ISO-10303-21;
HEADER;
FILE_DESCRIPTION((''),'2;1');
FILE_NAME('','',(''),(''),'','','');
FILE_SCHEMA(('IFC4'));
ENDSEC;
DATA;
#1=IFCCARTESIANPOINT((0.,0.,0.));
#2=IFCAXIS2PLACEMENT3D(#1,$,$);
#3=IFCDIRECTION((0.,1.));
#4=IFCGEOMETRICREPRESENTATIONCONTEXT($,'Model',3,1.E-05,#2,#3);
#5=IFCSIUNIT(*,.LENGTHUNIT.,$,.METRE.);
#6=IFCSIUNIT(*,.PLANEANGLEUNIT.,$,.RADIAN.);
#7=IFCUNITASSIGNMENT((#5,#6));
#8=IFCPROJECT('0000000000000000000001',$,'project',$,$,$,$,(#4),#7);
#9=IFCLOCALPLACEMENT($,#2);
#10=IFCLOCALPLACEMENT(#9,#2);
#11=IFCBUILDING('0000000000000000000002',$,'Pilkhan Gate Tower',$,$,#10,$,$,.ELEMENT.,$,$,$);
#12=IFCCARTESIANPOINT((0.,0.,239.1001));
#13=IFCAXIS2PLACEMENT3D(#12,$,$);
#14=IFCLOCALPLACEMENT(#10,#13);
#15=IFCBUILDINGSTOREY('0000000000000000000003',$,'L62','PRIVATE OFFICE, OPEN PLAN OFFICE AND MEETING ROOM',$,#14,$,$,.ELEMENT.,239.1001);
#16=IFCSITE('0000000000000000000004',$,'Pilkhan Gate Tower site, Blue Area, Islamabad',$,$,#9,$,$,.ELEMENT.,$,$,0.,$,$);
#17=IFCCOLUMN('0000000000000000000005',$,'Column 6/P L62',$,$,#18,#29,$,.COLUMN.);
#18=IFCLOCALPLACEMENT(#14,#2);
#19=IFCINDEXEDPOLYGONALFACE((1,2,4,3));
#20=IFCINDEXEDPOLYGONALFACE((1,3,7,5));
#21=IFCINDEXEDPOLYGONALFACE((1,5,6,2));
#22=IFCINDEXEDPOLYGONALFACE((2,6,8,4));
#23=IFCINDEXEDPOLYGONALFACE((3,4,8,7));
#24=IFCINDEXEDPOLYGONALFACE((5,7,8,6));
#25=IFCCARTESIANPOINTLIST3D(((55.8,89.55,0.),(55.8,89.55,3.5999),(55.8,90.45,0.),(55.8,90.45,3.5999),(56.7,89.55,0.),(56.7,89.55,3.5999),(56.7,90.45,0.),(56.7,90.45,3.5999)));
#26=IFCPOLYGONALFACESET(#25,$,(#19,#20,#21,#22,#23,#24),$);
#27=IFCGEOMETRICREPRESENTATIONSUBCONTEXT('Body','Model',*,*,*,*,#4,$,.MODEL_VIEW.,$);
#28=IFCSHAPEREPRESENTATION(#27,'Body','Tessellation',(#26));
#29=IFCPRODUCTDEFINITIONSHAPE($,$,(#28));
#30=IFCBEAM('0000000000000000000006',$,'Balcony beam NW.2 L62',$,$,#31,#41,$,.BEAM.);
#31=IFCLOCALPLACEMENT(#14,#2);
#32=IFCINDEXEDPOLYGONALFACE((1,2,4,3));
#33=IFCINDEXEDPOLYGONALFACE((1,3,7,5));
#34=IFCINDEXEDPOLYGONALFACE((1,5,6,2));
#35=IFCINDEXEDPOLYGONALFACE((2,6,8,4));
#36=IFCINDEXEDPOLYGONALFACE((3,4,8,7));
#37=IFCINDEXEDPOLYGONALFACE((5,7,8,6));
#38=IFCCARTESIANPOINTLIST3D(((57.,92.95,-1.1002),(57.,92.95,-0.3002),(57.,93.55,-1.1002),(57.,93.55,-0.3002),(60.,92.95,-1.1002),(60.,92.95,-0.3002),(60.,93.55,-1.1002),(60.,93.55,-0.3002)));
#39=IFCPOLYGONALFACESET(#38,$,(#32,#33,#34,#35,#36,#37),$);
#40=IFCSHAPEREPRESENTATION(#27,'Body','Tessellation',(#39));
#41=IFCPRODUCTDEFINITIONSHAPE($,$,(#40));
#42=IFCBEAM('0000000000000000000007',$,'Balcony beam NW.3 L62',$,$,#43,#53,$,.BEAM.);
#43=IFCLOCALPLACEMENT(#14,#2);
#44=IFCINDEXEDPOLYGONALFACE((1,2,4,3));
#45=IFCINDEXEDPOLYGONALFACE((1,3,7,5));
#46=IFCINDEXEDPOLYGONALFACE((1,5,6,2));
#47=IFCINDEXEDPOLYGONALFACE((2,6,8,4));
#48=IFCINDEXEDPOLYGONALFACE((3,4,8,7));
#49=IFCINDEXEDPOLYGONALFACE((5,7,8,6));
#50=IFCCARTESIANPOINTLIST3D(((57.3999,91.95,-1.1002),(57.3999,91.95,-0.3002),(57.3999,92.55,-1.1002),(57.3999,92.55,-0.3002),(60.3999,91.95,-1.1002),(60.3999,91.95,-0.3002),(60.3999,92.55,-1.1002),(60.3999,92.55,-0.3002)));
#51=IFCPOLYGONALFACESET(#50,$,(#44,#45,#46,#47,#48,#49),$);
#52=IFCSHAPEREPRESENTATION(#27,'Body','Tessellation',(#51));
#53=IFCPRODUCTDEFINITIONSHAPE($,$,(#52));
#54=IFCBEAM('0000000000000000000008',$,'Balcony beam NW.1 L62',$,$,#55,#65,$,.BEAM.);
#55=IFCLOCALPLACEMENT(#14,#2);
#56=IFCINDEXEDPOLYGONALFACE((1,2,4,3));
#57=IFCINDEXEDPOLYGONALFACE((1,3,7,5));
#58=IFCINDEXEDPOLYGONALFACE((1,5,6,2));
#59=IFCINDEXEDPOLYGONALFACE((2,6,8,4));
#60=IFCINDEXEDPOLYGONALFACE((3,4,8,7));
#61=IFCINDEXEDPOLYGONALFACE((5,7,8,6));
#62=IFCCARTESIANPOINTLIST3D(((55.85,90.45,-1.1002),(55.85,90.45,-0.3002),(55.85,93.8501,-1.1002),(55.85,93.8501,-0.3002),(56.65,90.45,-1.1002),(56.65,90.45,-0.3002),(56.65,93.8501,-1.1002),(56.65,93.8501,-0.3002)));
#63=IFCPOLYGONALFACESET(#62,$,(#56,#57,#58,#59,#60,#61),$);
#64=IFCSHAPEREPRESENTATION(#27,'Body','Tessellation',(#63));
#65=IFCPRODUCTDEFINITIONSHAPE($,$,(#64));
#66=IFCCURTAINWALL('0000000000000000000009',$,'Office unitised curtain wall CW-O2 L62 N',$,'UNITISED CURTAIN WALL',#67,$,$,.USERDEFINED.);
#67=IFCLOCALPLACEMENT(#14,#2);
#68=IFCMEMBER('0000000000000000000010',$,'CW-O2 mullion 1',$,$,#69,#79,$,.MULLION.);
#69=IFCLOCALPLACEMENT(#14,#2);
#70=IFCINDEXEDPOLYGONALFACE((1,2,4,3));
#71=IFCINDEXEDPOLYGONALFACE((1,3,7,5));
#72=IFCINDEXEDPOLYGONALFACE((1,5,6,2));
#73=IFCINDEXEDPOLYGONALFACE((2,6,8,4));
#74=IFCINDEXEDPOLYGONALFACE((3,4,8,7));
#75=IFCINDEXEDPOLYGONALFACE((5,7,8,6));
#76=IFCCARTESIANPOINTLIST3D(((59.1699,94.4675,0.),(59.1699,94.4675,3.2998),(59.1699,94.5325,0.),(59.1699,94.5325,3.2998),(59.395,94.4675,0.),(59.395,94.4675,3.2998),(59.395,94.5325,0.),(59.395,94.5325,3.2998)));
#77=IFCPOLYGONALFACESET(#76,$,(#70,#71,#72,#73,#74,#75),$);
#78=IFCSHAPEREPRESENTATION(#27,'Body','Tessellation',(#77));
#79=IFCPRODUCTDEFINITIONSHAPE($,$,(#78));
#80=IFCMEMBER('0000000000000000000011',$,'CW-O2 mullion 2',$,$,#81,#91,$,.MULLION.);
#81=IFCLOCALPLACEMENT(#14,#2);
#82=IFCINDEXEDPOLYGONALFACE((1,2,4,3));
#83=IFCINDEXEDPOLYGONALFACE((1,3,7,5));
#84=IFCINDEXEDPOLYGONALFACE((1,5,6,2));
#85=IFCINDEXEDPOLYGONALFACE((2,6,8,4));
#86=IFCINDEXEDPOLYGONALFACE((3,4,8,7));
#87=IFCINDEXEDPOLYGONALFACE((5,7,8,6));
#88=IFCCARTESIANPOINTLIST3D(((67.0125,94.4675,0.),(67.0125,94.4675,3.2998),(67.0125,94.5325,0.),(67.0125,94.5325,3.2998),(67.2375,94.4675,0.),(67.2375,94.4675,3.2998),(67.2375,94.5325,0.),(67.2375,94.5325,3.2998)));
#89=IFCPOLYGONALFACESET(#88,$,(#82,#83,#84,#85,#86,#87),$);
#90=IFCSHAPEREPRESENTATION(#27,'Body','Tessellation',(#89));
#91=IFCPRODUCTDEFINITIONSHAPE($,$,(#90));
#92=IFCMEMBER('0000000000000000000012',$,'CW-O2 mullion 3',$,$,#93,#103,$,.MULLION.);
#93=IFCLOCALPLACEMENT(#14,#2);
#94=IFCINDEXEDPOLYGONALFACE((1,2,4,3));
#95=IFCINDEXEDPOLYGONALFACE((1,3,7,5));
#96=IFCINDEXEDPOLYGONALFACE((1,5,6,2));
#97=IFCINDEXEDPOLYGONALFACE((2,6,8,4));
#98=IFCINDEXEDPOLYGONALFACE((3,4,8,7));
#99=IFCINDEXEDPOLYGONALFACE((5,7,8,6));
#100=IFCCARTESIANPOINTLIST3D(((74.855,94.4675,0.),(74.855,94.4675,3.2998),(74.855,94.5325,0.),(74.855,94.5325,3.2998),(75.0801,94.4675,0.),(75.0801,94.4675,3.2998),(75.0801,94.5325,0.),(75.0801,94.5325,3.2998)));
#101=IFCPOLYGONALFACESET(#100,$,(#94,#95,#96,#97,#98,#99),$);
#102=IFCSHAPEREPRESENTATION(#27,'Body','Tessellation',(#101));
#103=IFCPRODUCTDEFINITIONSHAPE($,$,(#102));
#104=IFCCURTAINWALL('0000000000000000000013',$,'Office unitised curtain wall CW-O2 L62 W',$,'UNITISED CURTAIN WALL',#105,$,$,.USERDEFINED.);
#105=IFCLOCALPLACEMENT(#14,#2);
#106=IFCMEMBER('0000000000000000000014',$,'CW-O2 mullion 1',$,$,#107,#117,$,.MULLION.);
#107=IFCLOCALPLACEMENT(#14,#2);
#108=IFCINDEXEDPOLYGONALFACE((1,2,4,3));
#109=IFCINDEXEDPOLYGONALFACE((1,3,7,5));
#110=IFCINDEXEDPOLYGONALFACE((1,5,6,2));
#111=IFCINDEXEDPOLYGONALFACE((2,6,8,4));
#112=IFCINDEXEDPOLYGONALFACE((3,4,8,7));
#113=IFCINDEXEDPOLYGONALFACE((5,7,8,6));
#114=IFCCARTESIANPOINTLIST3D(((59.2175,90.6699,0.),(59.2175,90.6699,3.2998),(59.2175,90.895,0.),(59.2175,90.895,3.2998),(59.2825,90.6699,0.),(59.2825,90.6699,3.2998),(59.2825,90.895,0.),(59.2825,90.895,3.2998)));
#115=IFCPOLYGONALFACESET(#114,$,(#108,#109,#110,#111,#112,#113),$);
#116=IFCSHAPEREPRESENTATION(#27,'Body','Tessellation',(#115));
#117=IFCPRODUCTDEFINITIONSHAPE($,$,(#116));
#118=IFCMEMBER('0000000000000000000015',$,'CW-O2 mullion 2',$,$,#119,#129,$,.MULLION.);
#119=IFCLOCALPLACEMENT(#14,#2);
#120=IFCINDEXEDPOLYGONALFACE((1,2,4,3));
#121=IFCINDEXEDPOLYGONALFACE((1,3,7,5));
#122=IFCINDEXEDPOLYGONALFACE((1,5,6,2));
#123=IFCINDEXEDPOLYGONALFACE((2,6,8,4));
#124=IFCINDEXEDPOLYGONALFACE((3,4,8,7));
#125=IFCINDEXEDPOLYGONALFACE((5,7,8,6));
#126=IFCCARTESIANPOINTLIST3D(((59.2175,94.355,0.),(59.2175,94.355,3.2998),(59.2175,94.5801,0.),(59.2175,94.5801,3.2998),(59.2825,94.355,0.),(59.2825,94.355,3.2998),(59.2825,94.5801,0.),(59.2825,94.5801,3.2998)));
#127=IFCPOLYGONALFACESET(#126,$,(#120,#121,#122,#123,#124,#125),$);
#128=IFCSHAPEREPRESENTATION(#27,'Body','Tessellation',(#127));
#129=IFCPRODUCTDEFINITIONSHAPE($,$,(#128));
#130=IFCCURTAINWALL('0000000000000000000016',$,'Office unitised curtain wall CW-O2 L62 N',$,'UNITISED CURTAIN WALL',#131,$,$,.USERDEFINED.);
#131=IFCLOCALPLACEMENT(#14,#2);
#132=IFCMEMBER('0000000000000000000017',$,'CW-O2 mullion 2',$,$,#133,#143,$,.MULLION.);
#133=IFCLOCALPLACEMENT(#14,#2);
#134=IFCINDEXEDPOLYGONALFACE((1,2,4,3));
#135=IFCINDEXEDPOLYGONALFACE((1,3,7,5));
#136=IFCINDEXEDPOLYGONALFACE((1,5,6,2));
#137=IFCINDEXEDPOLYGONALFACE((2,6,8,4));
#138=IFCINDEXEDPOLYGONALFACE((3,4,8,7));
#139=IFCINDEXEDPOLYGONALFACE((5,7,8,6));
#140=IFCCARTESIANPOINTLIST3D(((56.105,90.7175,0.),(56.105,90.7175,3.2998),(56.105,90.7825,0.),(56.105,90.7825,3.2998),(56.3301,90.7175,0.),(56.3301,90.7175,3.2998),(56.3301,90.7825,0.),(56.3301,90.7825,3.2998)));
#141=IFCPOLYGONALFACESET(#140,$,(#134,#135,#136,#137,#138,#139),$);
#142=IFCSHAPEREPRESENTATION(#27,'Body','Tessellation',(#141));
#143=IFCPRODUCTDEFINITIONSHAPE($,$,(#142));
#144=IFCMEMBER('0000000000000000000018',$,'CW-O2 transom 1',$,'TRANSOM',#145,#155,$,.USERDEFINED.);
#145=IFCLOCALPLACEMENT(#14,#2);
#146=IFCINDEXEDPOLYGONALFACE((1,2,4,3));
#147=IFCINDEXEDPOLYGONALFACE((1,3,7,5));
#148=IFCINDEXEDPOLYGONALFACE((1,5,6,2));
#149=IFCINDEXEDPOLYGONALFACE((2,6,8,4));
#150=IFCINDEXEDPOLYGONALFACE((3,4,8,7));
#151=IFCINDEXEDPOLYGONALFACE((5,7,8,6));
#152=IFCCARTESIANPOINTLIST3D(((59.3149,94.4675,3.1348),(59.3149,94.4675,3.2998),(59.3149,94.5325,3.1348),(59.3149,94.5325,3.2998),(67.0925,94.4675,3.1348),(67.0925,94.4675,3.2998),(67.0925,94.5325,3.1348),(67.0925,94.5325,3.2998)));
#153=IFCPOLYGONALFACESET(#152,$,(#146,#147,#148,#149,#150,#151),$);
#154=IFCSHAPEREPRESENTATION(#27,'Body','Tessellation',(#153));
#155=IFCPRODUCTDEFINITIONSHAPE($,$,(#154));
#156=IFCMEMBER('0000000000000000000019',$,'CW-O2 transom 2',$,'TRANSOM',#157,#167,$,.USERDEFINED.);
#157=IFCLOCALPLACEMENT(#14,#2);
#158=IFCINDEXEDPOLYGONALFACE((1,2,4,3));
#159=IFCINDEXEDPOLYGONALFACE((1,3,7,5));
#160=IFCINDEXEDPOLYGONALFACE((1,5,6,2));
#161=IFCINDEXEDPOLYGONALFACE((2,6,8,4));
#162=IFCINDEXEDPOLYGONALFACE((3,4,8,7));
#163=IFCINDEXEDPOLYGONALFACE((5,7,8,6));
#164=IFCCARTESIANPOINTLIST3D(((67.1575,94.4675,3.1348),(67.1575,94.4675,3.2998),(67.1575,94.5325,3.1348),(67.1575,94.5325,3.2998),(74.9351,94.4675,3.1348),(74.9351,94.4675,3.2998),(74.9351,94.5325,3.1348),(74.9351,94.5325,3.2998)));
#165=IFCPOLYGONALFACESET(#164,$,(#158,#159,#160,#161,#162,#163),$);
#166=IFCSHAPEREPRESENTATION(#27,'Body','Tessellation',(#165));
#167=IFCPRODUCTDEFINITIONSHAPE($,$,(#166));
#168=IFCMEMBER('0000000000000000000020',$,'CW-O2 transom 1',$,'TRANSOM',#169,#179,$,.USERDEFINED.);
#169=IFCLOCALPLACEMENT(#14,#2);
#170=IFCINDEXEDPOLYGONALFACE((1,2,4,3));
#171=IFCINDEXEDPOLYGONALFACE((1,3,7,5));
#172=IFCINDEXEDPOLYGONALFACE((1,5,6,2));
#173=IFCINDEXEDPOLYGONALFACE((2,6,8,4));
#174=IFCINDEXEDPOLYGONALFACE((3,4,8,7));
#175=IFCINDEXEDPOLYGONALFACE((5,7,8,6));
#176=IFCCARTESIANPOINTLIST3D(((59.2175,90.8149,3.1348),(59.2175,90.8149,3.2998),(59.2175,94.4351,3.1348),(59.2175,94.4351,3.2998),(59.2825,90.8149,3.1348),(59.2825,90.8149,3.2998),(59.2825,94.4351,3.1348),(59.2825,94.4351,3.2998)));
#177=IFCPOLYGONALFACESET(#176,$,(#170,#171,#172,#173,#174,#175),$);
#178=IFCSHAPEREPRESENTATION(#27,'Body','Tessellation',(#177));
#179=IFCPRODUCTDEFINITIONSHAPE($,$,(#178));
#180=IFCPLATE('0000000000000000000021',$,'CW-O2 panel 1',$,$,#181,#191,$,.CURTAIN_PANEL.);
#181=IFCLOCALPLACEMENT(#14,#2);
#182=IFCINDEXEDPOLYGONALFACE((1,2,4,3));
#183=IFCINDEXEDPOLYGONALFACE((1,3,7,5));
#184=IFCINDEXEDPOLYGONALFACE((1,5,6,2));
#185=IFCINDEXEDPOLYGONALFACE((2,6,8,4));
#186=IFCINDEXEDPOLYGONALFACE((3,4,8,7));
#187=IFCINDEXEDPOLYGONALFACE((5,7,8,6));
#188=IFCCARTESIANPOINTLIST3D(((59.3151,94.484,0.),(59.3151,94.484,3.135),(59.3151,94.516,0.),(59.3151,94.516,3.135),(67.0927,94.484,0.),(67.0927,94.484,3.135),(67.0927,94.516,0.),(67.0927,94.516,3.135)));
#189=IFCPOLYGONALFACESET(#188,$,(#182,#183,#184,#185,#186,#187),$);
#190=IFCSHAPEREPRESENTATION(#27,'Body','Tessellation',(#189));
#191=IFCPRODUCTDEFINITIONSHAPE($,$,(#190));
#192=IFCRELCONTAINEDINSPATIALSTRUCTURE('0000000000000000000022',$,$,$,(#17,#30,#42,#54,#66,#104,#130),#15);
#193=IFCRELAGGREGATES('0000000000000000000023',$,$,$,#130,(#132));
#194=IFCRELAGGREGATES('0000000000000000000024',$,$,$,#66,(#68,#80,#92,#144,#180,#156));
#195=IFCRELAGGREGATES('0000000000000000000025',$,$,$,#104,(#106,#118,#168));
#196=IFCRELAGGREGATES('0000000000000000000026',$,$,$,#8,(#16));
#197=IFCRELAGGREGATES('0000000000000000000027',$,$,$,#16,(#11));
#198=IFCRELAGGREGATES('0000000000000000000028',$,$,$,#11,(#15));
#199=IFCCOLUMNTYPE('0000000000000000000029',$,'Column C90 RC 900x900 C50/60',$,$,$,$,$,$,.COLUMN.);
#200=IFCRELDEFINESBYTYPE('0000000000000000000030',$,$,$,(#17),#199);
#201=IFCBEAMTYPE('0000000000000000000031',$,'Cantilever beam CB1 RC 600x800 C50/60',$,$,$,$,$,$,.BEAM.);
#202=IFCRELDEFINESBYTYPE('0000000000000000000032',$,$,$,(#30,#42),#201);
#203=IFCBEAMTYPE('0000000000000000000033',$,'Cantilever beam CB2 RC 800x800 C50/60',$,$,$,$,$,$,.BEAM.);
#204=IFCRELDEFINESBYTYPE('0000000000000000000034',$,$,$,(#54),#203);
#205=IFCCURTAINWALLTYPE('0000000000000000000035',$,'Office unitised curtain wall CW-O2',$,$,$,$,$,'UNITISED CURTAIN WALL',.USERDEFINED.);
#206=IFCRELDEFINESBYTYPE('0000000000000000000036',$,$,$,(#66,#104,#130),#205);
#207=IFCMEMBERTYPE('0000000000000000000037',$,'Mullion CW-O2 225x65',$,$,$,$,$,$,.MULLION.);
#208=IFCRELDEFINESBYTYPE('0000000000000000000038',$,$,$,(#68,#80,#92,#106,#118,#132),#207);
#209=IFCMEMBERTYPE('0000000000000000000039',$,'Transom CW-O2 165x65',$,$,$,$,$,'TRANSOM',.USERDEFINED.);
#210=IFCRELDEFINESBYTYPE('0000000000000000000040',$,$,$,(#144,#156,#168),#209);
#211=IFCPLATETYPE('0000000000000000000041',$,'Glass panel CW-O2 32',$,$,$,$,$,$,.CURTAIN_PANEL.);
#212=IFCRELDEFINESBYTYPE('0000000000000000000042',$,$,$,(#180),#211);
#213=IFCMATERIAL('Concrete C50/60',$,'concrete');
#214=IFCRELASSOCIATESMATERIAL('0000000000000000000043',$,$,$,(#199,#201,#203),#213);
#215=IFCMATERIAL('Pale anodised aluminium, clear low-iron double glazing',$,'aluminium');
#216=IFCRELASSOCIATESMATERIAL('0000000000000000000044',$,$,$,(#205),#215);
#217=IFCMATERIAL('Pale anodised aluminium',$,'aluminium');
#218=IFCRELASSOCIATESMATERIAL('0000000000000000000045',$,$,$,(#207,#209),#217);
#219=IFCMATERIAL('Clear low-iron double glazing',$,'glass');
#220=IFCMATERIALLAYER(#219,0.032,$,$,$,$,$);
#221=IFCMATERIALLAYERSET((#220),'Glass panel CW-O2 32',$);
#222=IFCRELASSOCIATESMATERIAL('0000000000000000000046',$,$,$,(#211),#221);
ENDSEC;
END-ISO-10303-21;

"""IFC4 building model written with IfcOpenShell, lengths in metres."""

from ifc_helpers import new_model, si_unit, direction, frame, origin, origin_2d, place, context, subcontext, project, spatial, rectangle, extrude, material, layer, layer_set, material_profile, profile_set, type_object, element, aggregate, save


model = new_model("IFC4")

# Units and contexts
model_context = context("Model", 3, precision=1e-05, world=origin(), true_north=direction((0.0, 1.0)))
body_context = subcontext(model_context, "Body", "Model", "MODEL_VIEW")
ifc_project = project(units=[si_unit("LENGTHUNIT", "METRE"), si_unit("PLANEANGLEUNIT", "RADIAN")], contexts=[model_context])

# Site, building, storey
site_placement = place(None, origin())
site = spatial("IfcSite", under=ifc_project, at=site_placement, Name="Pilkhan Gate Tower site, Blue Area, Islamabad", CompositionType="ELEMENT", RefElevation=0.0)
building_placement = place(site_placement, origin())
building = spatial("IfcBuilding", under=site, at=building_placement, Name="Pilkhan Gate Tower", CompositionType="ELEMENT")
storey_placement = place(building_placement, frame((0.0, 0.0, 239.1001)))
storey = spatial("IfcBuildingStorey", under=building, at=storey_placement, Name="L62", Description="PRIVATE OFFICE, OPEN PLAN OFFICE AND MEETING ROOM", CompositionType="ELEMENT", Elevation=239.1001)

# Column
ifc_material_1 = material(Name="Concrete C50/60", Category="concrete")
ifc_material_profile_1 = material_profile(ifc_material_1, rectangle(XDim=0.8999, YDim=0.8999, at=origin_2d()), Name="RC 900x900")
ifc_profile_set_1 = profile_set([ifc_material_profile_1], Name="Concrete C50/60")
column_type = type_object("IfcColumnType", Name="Column C90 RC 900x900 C50/60", PredefinedType="COLUMN", material=ifc_profile_set_1)
column_placement = place(storey_placement, frame((56.25, 90.0, 0.0), z_axis=(0.0, 0.0, 1.0), x_axis=(1.0, 0.0, 0.0)))
element("IfcColumn", 1, at=column_placement, inside=storey, type_object=column_type, Name="Column 6/P L62", PredefinedType="COLUMN", context=body_context, shape_type="SweptSolid", body=[
    extrude(rectangle(XDim=0.8999, YDim=0.8999, at=origin_2d()), origin(), (0.0, 0.0, 1.0), 3.5999),
])

# Beams
ifc_material_profile_2 = material_profile(ifc_material_1, rectangle(XDim=0.6001, YDim=0.8, at=origin_2d()), Name="RC 600x800")
ifc_profile_set_2 = profile_set([ifc_material_profile_2], Name="Concrete C50/60")
beam_type_1 = type_object("IfcBeamType", Name="Cantilever beam CB1 RC 600x800 C50/60", PredefinedType="BEAM", material=ifc_profile_set_2)
for number, where, z_axis, x_axis, name in (
    (2, (60.0, 93.25, -0.7002), (-1.0, 0.0, 0.0), (0.0, -1.0, 0.0), "Balcony beam NW.2 L62"),
    (3, (60.3999, 92.25, -0.7002), (-1.0, 0.0, 0.0), (0.0, -1.0, 0.0), "Balcony beam NW.3 L62"),
):
    element("IfcBeam", number, at=place(storey_placement, frame(where, z_axis=z_axis, x_axis=x_axis)), inside=storey, type_object=beam_type_1, Name=name, PredefinedType="BEAM", context=body_context, shape_type="SweptSolid", body=[
        extrude(rectangle(XDim=0.6001, YDim=0.8, at=origin_2d()), origin(), (0.0, 0.0, 1.0), 3.0),
    ])
ifc_material_profile_3 = material_profile(ifc_material_1, rectangle(XDim=0.8, YDim=0.8, at=origin_2d()), Name="RC 800x800")
ifc_profile_set_3 = profile_set([ifc_material_profile_3], Name="Concrete C50/60")
beam_type_2 = type_object("IfcBeamType", Name="Cantilever beam CB2 RC 800x800 C50/60", PredefinedType="BEAM", material=ifc_profile_set_3)
beam_placement = place(storey_placement, frame((56.25, 90.45, -0.7002), z_axis=(0.0, 1.0, 0.0), x_axis=(-1.0, 0.0, 0.0)))
element("IfcBeam", 4, at=beam_placement, inside=storey, type_object=beam_type_2, Name="Balcony beam NW.1 L62", PredefinedType="BEAM", context=body_context, shape_type="SweptSolid", body=[
    extrude(rectangle(XDim=0.8, YDim=0.8, at=origin_2d()), origin(), (0.0, 0.0, 1.0), 3.4001),
])

# Curtain walls, members
ifc_material_2 = material(Name="Pale anodised aluminium, clear low-iron double glazing", Category="aluminium")
curtain_wall_type = type_object("IfcCurtainWallType", Name="Office unitised curtain wall CW-O2", ElementType="UNITISED CURTAIN WALL", PredefinedType="USERDEFINED", material=ifc_material_2)
curtain_wall_1_placement = place(storey_placement, origin())
curtain_wall_1 = element("IfcCurtainWall", 5, at=curtain_wall_1_placement, inside=storey, type_object=curtain_wall_type, Name="Office unitised curtain wall CW-O2 L62 N", ObjectType="UNITISED CURTAIN WALL", PredefinedType="USERDEFINED")
ifc_material_3 = material(Name="Pale anodised aluminium", Category="aluminium")
ifc_material_profile_4 = material_profile(ifc_material_3, rectangle(XDim=0.0649, YDim=0.2251, at=origin_2d()), Name="Mullion 225x65")
ifc_profile_set_4 = profile_set([ifc_material_profile_4], Name="Pale anodised aluminium")
member_type_1 = type_object("IfcMemberType", Name="Mullion CW-O2 225x65", PredefinedType="MULLION", material=ifc_profile_set_4)
member_1_placement = place(storey_placement, frame((59.2825, 94.5, 0.0), z_axis=(0.0, 0.0, 1.0), x_axis=(0.0, 1.0, 0.0)))
member_1 = element("IfcMember", 6, at=member_1_placement, type_object=member_type_1, Name="CW-O2 mullion 1", PredefinedType="MULLION", context=body_context, shape_type="SweptSolid", body=[
    extrude(rectangle(XDim=0.0649, YDim=0.2251, at=origin_2d()), origin(), (0.0, 0.0, 1.0), 3.2998),
])
member_2_placement = place(storey_placement, frame((67.125, 94.5, 0.0), z_axis=(0.0, 0.0, 1.0), x_axis=(0.0, 1.0, 0.0)))
member_2 = element("IfcMember", 7, at=member_2_placement, type_object=member_type_1, Name="CW-O2 mullion 2", PredefinedType="MULLION", context=body_context, shape_type="SweptSolid", body=[
    extrude(rectangle(XDim=0.0649, YDim=0.2251, at=origin_2d()), origin(), (0.0, 0.0, 1.0), 3.2998),
])
member_3_placement = place(storey_placement, frame((74.9675, 94.5, 0.0), z_axis=(0.0, 0.0, 1.0), x_axis=(0.0, 1.0, 0.0)))
member_3 = element("IfcMember", 8, at=member_3_placement, type_object=member_type_1, Name="CW-O2 mullion 3", PredefinedType="MULLION", context=body_context, shape_type="SweptSolid", body=[
    extrude(rectangle(XDim=0.0649, YDim=0.2251, at=origin_2d()), origin(), (0.0, 0.0, 1.0), 3.2998),
])
curtain_wall_2_placement = place(storey_placement, origin())
curtain_wall_2 = element("IfcCurtainWall", 9, at=curtain_wall_2_placement, inside=storey, type_object=curtain_wall_type, Name="Office unitised curtain wall CW-O2 L62 W", ObjectType="UNITISED CURTAIN WALL", PredefinedType="USERDEFINED")
member_4_placement = place(storey_placement, frame((59.25, 90.7825, 0.0), z_axis=(0.0, 0.0, 1.0), x_axis=(-1.0, 0.0, 0.0)))
member_4 = element("IfcMember", 10, at=member_4_placement, type_object=member_type_1, Name="CW-O2 mullion 1", PredefinedType="MULLION", context=body_context, shape_type="SweptSolid", body=[
    extrude(rectangle(XDim=0.0649, YDim=0.2251, at=origin_2d()), origin(), (0.0, 0.0, 1.0), 3.2998),
])
member_5_placement = place(storey_placement, frame((59.25, 94.4675, 0.0), z_axis=(0.0, 0.0, 1.0), x_axis=(-1.0, 0.0, 0.0)))
member_5 = element("IfcMember", 11, at=member_5_placement, type_object=member_type_1, Name="CW-O2 mullion 2", PredefinedType="MULLION", context=body_context, shape_type="SweptSolid", body=[
    extrude(rectangle(XDim=0.0649, YDim=0.2251, at=origin_2d()), origin(), (0.0, 0.0, 1.0), 3.2998),
])

# Curtain wall, member
curtain_wall_3_placement = place(storey_placement, origin())
curtain_wall_3 = element("IfcCurtainWall", 12, at=curtain_wall_3_placement, inside=storey, type_object=curtain_wall_type, Name="Office unitised curtain wall CW-O2 L62 N", ObjectType="UNITISED CURTAIN WALL", PredefinedType="USERDEFINED")
member_6_placement = place(storey_placement, frame((56.2175, 90.75, 0.0), z_axis=(0.0, 0.0, 1.0), x_axis=(0.0, 1.0, 0.0)))
member_6 = element("IfcMember", 13, at=member_6_placement, type_object=member_type_1, Name="CW-O2 mullion 2", PredefinedType="MULLION", context=body_context, shape_type="SweptSolid", body=[
    extrude(rectangle(XDim=0.0649, YDim=0.2251, at=origin_2d()), origin(), (0.0, 0.0, 1.0), 3.2998),
])
aggregate(curtain_wall_3, [member_6])

# Members
ifc_material_profile_5 = material_profile(ifc_material_3, rectangle(XDim=0.0649, YDim=0.165, at=origin_2d()), Name="Transom 165x65")
ifc_profile_set_5 = profile_set([ifc_material_profile_5], Name="Pale anodised aluminium")
member_type_2 = type_object("IfcMemberType", Name="Transom CW-O2 165x65", ElementType="TRANSOM", PredefinedType="USERDEFINED", material=ifc_profile_set_5)
member_7_placement = place(storey_placement, frame((59.3149, 94.5, 3.2173), z_axis=(1.0, 0.0, 0.0), x_axis=(0.0, 1.0, 0.0)))
member_7 = element("IfcMember", 14, at=member_7_placement, type_object=member_type_2, Name="CW-O2 transom 1", ObjectType="TRANSOM", PredefinedType="USERDEFINED", context=body_context, shape_type="SweptSolid", body=[
    extrude(rectangle(XDim=0.0649, YDim=0.165, at=origin_2d()), origin(), (0.0, 0.0, 1.0), 7.7776),
])
member_8_placement = place(storey_placement, frame((67.1575, 94.5, 3.2173), z_axis=(1.0, 0.0, 0.0), x_axis=(0.0, 1.0, 0.0)))
member_8 = element("IfcMember", 15, at=member_8_placement, type_object=member_type_2, Name="CW-O2 transom 2", ObjectType="TRANSOM", PredefinedType="USERDEFINED", context=body_context, shape_type="SweptSolid", body=[
    extrude(rectangle(XDim=0.0649, YDim=0.165, at=origin_2d()), origin(), (0.0, 0.0, 1.0), 7.7776),
])
member_9_placement = place(storey_placement, frame((59.25, 90.8149, 3.2173), z_axis=(0.0, 1.0, 0.0), x_axis=(-1.0, 0.0, 0.0)))
member_9 = element("IfcMember", 16, at=member_9_placement, type_object=member_type_2, Name="CW-O2 transom 1", ObjectType="TRANSOM", PredefinedType="USERDEFINED", context=body_context, shape_type="SweptSolid", body=[
    extrude(rectangle(XDim=0.0649, YDim=0.165, at=origin_2d()), origin(), (0.0, 0.0, 1.0), 3.6201),
])

# Plate
ifc_material_4 = material(Name="Clear low-iron double glazing", Category="glass")
ifc_layer_1 = layer(ifc_material_4, 0.032)
ifc_layer_set_1 = layer_set([ifc_layer_1], Name="Glass panel CW-O2 32")
plate_type = type_object("IfcPlateType", Name="Glass panel CW-O2 32", PredefinedType="CURTAIN_PANEL", material=ifc_layer_set_1)
plate_1_placement = place(storey_placement, frame((63.2039, 94.5, 0.0), z_axis=(0.0, 0.0, 1.0), x_axis=(1.0, 0.0, 0.0)))
plate_1 = element("IfcPlate", 17, at=plate_1_placement, type_object=plate_type, Name="CW-O2 panel 1", PredefinedType="CURTAIN_PANEL", context=body_context, shape_type="SweptSolid", body=[
    extrude(rectangle(XDim=7.7776, YDim=0.032, at=origin_2d()), origin(), (0.0, 0.0, 1.0), 3.135),
])
aggregate(curtain_wall_1, [member_1, member_2, member_3, member_7, plate_1, member_8])
aggregate(curtain_wall_2, [member_4, member_5, member_9])

save(model, "model.ifc")
